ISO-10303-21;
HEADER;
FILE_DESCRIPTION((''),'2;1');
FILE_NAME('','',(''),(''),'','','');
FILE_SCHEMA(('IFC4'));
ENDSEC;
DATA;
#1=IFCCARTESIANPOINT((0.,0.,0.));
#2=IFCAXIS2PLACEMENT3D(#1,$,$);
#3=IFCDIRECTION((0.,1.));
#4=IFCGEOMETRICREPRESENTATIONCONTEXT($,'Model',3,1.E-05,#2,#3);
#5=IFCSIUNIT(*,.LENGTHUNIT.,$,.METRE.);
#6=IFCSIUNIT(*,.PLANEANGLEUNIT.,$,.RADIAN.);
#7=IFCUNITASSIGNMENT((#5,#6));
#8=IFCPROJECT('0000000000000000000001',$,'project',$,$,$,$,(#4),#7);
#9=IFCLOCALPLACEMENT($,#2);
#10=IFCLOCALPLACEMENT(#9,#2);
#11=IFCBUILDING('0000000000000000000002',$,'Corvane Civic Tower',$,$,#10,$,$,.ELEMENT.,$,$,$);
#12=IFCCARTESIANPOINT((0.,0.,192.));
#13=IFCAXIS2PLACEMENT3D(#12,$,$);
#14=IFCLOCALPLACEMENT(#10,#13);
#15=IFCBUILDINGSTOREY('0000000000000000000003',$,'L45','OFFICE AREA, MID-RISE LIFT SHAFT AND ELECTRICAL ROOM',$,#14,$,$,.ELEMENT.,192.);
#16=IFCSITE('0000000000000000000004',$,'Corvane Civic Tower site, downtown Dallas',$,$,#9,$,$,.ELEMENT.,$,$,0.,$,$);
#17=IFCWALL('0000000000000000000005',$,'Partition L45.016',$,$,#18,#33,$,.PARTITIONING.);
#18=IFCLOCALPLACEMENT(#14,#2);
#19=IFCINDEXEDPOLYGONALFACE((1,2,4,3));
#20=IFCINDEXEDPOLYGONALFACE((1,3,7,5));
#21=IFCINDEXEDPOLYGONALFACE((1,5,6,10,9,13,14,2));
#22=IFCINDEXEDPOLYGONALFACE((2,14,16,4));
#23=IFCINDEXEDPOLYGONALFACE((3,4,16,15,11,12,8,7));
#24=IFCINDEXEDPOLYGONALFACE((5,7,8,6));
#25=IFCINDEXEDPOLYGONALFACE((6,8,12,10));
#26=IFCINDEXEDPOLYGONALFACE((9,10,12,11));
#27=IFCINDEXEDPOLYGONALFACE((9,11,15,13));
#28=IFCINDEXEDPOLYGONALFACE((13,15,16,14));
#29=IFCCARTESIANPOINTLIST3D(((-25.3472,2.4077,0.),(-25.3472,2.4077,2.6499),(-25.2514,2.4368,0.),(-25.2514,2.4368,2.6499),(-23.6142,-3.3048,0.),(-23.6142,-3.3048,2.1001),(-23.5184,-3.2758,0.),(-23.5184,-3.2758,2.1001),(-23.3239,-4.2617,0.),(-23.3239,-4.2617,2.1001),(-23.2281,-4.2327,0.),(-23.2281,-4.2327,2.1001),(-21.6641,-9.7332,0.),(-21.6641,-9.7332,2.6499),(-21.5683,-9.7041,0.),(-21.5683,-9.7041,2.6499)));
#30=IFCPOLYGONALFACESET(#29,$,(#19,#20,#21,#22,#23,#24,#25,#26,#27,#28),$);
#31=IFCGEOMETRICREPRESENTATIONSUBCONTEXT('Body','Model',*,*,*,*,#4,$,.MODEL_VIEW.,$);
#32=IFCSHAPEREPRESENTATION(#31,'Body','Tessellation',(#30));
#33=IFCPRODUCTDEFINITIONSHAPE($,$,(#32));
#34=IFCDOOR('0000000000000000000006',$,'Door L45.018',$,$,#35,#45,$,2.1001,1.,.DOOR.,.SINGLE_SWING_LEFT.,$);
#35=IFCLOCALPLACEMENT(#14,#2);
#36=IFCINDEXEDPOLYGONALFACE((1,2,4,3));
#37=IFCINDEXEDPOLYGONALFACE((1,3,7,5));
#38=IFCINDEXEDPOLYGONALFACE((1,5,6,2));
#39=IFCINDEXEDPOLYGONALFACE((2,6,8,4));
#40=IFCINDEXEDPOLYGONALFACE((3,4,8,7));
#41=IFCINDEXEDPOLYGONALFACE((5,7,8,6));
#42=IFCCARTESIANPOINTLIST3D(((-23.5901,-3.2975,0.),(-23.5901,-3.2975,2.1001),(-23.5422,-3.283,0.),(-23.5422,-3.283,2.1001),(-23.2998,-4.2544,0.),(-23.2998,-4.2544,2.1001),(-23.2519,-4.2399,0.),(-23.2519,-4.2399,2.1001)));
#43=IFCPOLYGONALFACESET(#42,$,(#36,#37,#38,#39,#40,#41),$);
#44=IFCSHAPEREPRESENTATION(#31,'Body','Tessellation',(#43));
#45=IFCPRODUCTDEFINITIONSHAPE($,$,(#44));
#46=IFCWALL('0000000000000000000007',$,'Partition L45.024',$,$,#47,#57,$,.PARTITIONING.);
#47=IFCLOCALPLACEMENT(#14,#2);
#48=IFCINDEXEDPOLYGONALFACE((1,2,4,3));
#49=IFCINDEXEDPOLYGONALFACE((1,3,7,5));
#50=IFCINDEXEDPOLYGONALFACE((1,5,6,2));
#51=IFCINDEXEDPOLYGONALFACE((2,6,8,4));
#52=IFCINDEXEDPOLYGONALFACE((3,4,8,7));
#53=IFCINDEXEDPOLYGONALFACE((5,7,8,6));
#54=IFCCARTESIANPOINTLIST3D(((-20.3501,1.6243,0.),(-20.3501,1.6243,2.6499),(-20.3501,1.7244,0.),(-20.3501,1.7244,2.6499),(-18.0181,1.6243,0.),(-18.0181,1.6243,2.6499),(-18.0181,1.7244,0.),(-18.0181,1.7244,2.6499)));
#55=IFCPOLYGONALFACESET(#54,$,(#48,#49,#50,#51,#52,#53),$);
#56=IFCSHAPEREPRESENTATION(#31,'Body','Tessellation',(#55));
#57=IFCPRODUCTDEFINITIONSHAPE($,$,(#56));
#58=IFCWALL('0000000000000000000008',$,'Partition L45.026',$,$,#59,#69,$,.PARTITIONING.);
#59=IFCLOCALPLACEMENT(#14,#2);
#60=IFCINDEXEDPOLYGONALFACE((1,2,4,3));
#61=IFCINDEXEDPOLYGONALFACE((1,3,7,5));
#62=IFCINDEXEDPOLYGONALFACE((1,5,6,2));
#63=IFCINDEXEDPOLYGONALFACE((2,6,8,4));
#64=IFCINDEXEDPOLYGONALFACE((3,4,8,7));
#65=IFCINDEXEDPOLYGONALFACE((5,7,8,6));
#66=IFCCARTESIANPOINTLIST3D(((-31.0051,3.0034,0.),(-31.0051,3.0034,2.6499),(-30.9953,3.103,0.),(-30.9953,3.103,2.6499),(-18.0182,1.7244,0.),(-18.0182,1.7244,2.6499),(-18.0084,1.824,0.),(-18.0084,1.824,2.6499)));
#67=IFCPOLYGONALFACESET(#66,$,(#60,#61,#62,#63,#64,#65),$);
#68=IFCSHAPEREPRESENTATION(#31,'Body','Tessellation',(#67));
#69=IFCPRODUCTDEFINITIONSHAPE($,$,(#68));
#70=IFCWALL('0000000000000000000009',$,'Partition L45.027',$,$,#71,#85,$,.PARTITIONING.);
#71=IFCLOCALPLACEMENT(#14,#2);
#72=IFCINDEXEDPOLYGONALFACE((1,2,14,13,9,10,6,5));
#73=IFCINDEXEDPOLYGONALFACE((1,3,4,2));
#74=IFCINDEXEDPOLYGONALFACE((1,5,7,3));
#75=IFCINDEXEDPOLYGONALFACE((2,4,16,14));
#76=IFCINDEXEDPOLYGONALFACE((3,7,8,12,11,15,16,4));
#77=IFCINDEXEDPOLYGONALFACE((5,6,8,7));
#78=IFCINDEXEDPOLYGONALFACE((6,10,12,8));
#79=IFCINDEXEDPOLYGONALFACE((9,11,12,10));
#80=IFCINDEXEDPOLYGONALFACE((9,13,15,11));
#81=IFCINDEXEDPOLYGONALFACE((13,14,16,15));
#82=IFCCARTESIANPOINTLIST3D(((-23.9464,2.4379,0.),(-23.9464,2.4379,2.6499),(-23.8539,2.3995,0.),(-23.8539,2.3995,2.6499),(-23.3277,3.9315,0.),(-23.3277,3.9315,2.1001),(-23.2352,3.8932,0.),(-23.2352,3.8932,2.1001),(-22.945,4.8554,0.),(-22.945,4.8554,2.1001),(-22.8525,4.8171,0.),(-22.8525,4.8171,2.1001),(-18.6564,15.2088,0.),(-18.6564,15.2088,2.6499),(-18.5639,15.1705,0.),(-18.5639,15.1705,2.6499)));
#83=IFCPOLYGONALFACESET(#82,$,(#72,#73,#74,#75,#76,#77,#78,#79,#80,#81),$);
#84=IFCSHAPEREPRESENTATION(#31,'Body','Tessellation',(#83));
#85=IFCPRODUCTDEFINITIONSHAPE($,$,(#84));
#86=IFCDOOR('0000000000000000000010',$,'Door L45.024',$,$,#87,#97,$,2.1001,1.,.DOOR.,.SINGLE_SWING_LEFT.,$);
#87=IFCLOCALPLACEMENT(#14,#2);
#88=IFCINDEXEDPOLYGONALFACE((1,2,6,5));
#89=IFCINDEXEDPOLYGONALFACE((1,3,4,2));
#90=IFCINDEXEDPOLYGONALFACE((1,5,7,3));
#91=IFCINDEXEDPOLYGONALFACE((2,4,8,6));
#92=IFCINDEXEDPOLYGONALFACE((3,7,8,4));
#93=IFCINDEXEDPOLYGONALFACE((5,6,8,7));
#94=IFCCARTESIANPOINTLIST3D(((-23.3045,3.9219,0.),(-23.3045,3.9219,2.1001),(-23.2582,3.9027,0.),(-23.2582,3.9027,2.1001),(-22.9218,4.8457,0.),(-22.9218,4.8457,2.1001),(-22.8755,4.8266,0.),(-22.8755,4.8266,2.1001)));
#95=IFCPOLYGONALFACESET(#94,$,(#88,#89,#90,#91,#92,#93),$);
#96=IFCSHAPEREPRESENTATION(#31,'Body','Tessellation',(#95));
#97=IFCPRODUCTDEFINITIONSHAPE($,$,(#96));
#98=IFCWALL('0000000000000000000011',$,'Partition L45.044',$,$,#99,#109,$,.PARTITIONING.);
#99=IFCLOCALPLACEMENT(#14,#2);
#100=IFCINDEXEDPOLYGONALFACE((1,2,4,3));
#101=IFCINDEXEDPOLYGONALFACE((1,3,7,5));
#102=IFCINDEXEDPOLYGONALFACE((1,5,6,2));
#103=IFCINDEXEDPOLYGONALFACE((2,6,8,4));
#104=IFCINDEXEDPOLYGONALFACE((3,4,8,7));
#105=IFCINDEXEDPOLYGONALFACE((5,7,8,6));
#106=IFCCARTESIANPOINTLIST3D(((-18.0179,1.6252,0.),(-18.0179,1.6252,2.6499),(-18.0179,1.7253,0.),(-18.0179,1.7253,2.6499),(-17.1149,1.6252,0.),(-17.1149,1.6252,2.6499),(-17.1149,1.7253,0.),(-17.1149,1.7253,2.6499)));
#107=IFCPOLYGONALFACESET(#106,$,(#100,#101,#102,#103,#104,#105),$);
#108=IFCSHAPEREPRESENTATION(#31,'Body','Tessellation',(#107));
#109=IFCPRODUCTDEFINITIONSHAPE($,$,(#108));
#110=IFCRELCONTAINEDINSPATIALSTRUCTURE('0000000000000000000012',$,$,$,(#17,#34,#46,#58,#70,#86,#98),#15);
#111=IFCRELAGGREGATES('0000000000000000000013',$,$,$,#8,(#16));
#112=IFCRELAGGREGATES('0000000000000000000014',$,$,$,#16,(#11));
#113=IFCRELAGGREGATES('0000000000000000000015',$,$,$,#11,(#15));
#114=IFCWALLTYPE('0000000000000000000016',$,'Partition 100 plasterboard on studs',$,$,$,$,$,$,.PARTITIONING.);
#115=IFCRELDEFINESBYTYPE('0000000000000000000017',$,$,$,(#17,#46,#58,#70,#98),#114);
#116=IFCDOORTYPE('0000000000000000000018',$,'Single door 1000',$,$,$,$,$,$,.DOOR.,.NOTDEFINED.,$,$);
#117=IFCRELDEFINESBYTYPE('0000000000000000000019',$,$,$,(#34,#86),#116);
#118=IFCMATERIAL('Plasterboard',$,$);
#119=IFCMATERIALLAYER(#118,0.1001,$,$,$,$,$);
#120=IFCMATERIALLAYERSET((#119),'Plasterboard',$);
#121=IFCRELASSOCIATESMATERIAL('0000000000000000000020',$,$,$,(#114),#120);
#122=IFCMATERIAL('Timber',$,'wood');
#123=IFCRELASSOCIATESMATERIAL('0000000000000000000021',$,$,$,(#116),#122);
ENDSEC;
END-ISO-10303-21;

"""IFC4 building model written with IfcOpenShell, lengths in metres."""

from ifc_helpers import new_model, si_unit, direction, frame, frame_2d, origin, place, context, subcontext, project, spatial, rectangle, extrude, material, layer, layer_set, type_object, element, fill, save


model = new_model("IFC4")

# Units and contexts
model_context = context("Model", 3, precision=1e-05, world=origin(), true_north=direction((0.0, 1.0)))
body_context = subcontext(model_context, "Body", "Model", "MODEL_VIEW")
ifc_project = project(units=[si_unit("LENGTHUNIT", "METRE"), si_unit("PLANEANGLEUNIT", "RADIAN")], contexts=[model_context])

# Site, building, storey
site_placement = place(None, origin())
site = spatial("IfcSite", under=ifc_project, at=site_placement, Name="Corvane Civic Tower site, downtown Dallas", CompositionType="ELEMENT", RefElevation=0.0)
building_placement = place(site_placement, origin())
building = spatial("IfcBuilding", under=site, at=building_placement, Name="Corvane Civic Tower", CompositionType="ELEMENT")
storey_placement = place(building_placement, frame((0.0, 0.0, 192.0)))
storey = spatial("IfcBuildingStorey", under=building, at=storey_placement, Name="L45", Description="OFFICE AREA, MID-RISE LIFT SHAFT AND ELECTRICAL ROOM", CompositionType="ELEMENT", Elevation=192.0)

# Wall, opening, door
ifc_material_1 = material(Name="Plasterboard")
ifc_layer_1 = layer(ifc_material_1, 0.1001)
ifc_layer_set_1 = layer_set([ifc_layer_1], Name="Plasterboard")
wall_type = type_object("IfcWallType", Name="Partition 100 plasterboard on studs", PredefinedType="PARTITIONING", material=ifc_layer_set_1)
wall_1_placement = place(storey_placement, frame((-25.2993, 2.4224, 0.0), z_axis=(0.0, 0.0, 1.0), x_axis=(0.2903, -0.956936, 0.0)))
wall_1 = element("IfcWall", 1, at=wall_1_placement, inside=storey, type_object=wall_type, Name="Partition L45.016", PredefinedType="PARTITIONING", context=body_context, shape_type="SweptSolid", body=[
    extrude(rectangle(XDim=12.6873, YDim=0.1001, at=frame_2d((6.3438, 0.0))), origin(), (0.0, 0.0, 1.0), 2.6499),
])
opening_1_placement = place(wall_1_placement, frame((5.9697, 0.0, 0.0)))
opening_1 = element("IfcOpeningElement", 2, at=opening_1_placement, cuts=wall_1, PredefinedType="OPENING", context=body_context, shape_type="SweptSolid", body=[
    extrude(rectangle(XDim=1.0, YDim=2.1001, at=frame_2d((0.5, 1.05))), frame((0.0, 0.0601, 0.0), z_axis=(0.0, -1.0, 0.0), x_axis=(1.0, 0.0, 0.0)), (0.0, 0.0, 1.0), 0.1201),
])
ifc_material_2 = material(Name="Timber", Category="wood")
door_type = type_object("IfcDoorType", Name="Single door 1000", OperationType="NOTDEFINED", PredefinedType="DOOR", material=ifc_material_2)
door_1_placement = place(opening_1_placement, frame((1.0, 0.0, 0.0), z_axis=(0.0, 0.0, 1.0), x_axis=(-1.0, 0.0, 0.0)))
door_1 = element("IfcDoor", 3, at=door_1_placement, inside=storey, type_object=door_type, Name="Door L45.018", OperationType="SINGLE_SWING_LEFT", OverallHeight=2.1001, OverallWidth=1.0, PredefinedType="DOOR", context=body_context, shape_type="SweptSolid", body=[
    extrude(rectangle(XDim=1.0, YDim=2.1001, at=frame_2d((0.5, 1.05))), frame((0.0, 0.0249, 0.0), z_axis=(0.0, -1.0, 0.0), x_axis=(1.0, 0.0, 0.0)), (0.0, 0.0, 1.0), 0.05),
])
fill(opening_1, door_1)

# Walls
wall_2_placement = place(storey_placement, frame((-20.3501, 1.6743, 0.0), z_axis=(0.0, 0.0, 1.0), x_axis=(1.0, 0.0, 0.0)))
element("IfcWall", 4, at=wall_2_placement, inside=storey, type_object=wall_type, Name="Partition L45.024", PredefinedType="PARTITIONING", context=body_context, shape_type="SweptSolid", body=[
    extrude(rectangle(XDim=2.332, YDim=0.1001, at=frame_2d((1.166, 0.0))), origin(), (0.0, 0.0, 1.0), 2.6499),
])
wall_3_placement = place(storey_placement, frame((-31.0002, 3.0532, 0.0), z_axis=(0.0, 0.0, 1.0), x_axis=(0.995185, -0.098013, 0.0)))
element("IfcWall", 5, at=wall_3_placement, inside=storey, type_object=wall_type, Name="Partition L45.026", PredefinedType="PARTITIONING", context=body_context, shape_type="SweptSolid", body=[
    extrude(rectangle(XDim=13.0498, YDim=0.1001, at=frame_2d((6.5249, 0.0))), origin(), (0.0, 0.0, 1.0), 2.6499),
])

# Wall, opening, door
wall_4_placement = place(storey_placement, frame((-23.9001, 2.4187, 0.0), z_axis=(0.0, 0.0, 1.0), x_axis=(0.382691, 0.923876, 0.0)))
wall_4 = element("IfcWall", 6, at=wall_4_placement, inside=storey, type_object=wall_type, Name="Partition L45.027", PredefinedType="PARTITIONING", context=body_context, shape_type="SweptSolid", body=[
    extrude(rectangle(XDim=13.8232, YDim=0.1001, at=frame_2d((6.9116, 0.0))), origin(), (0.0, 0.0, 1.0), 2.6499),
])
opening_2_placement = place(wall_4_placement, frame((1.6167, 0.0, 0.0)))
opening_2 = element("IfcOpeningElement", 7, at=opening_2_placement, cuts=wall_4, PredefinedType="OPENING", context=body_context, shape_type="SweptSolid", body=[
    extrude(rectangle(XDim=1.0, YDim=2.1001, at=frame_2d((0.5, 1.05))), frame((0.0, 0.0601, 0.0), z_axis=(0.0, -1.0, 0.0), x_axis=(1.0, 0.0, 0.0)), (0.0, 0.0, 1.0), 0.1201),
])
door_2_placement = place(opening_2_placement, origin())
door_2 = element("IfcDoor", 8, at=door_2_placement, inside=storey, type_object=door_type, Name="Door L45.024", OperationType="SINGLE_SWING_LEFT", OverallHeight=2.1001, OverallWidth=1.0, PredefinedType="DOOR", context=body_context, shape_type="SweptSolid", body=[
    extrude(rectangle(XDim=1.0, YDim=2.1001, at=frame_2d((0.5, 1.05))), frame((0.0, 0.0249, 0.0), z_axis=(0.0, -1.0, 0.0), x_axis=(1.0, 0.0, 0.0)), (0.0, 0.0, 1.0), 0.05),
])
fill(opening_2, door_2)

# Wall
wall_5_placement = place(storey_placement, frame((-18.0181, 1.6753, 0.0), z_axis=(0.0, 0.0, 1.0), x_axis=(1.0, 0.0, 0.0)))
element("IfcWall", 9, at=wall_5_placement, inside=storey, type_object=wall_type, Name="Partition L45.044", PredefinedType="PARTITIONING", context=body_context, shape_type="SweptSolid", body=[
    extrude(rectangle(XDim=0.9031, YDim=0.1001, at=frame_2d((0.4517, 0.0))), origin(), (0.0, 0.0, 1.0), 2.6499),
])

save(model, "model.ifc")
